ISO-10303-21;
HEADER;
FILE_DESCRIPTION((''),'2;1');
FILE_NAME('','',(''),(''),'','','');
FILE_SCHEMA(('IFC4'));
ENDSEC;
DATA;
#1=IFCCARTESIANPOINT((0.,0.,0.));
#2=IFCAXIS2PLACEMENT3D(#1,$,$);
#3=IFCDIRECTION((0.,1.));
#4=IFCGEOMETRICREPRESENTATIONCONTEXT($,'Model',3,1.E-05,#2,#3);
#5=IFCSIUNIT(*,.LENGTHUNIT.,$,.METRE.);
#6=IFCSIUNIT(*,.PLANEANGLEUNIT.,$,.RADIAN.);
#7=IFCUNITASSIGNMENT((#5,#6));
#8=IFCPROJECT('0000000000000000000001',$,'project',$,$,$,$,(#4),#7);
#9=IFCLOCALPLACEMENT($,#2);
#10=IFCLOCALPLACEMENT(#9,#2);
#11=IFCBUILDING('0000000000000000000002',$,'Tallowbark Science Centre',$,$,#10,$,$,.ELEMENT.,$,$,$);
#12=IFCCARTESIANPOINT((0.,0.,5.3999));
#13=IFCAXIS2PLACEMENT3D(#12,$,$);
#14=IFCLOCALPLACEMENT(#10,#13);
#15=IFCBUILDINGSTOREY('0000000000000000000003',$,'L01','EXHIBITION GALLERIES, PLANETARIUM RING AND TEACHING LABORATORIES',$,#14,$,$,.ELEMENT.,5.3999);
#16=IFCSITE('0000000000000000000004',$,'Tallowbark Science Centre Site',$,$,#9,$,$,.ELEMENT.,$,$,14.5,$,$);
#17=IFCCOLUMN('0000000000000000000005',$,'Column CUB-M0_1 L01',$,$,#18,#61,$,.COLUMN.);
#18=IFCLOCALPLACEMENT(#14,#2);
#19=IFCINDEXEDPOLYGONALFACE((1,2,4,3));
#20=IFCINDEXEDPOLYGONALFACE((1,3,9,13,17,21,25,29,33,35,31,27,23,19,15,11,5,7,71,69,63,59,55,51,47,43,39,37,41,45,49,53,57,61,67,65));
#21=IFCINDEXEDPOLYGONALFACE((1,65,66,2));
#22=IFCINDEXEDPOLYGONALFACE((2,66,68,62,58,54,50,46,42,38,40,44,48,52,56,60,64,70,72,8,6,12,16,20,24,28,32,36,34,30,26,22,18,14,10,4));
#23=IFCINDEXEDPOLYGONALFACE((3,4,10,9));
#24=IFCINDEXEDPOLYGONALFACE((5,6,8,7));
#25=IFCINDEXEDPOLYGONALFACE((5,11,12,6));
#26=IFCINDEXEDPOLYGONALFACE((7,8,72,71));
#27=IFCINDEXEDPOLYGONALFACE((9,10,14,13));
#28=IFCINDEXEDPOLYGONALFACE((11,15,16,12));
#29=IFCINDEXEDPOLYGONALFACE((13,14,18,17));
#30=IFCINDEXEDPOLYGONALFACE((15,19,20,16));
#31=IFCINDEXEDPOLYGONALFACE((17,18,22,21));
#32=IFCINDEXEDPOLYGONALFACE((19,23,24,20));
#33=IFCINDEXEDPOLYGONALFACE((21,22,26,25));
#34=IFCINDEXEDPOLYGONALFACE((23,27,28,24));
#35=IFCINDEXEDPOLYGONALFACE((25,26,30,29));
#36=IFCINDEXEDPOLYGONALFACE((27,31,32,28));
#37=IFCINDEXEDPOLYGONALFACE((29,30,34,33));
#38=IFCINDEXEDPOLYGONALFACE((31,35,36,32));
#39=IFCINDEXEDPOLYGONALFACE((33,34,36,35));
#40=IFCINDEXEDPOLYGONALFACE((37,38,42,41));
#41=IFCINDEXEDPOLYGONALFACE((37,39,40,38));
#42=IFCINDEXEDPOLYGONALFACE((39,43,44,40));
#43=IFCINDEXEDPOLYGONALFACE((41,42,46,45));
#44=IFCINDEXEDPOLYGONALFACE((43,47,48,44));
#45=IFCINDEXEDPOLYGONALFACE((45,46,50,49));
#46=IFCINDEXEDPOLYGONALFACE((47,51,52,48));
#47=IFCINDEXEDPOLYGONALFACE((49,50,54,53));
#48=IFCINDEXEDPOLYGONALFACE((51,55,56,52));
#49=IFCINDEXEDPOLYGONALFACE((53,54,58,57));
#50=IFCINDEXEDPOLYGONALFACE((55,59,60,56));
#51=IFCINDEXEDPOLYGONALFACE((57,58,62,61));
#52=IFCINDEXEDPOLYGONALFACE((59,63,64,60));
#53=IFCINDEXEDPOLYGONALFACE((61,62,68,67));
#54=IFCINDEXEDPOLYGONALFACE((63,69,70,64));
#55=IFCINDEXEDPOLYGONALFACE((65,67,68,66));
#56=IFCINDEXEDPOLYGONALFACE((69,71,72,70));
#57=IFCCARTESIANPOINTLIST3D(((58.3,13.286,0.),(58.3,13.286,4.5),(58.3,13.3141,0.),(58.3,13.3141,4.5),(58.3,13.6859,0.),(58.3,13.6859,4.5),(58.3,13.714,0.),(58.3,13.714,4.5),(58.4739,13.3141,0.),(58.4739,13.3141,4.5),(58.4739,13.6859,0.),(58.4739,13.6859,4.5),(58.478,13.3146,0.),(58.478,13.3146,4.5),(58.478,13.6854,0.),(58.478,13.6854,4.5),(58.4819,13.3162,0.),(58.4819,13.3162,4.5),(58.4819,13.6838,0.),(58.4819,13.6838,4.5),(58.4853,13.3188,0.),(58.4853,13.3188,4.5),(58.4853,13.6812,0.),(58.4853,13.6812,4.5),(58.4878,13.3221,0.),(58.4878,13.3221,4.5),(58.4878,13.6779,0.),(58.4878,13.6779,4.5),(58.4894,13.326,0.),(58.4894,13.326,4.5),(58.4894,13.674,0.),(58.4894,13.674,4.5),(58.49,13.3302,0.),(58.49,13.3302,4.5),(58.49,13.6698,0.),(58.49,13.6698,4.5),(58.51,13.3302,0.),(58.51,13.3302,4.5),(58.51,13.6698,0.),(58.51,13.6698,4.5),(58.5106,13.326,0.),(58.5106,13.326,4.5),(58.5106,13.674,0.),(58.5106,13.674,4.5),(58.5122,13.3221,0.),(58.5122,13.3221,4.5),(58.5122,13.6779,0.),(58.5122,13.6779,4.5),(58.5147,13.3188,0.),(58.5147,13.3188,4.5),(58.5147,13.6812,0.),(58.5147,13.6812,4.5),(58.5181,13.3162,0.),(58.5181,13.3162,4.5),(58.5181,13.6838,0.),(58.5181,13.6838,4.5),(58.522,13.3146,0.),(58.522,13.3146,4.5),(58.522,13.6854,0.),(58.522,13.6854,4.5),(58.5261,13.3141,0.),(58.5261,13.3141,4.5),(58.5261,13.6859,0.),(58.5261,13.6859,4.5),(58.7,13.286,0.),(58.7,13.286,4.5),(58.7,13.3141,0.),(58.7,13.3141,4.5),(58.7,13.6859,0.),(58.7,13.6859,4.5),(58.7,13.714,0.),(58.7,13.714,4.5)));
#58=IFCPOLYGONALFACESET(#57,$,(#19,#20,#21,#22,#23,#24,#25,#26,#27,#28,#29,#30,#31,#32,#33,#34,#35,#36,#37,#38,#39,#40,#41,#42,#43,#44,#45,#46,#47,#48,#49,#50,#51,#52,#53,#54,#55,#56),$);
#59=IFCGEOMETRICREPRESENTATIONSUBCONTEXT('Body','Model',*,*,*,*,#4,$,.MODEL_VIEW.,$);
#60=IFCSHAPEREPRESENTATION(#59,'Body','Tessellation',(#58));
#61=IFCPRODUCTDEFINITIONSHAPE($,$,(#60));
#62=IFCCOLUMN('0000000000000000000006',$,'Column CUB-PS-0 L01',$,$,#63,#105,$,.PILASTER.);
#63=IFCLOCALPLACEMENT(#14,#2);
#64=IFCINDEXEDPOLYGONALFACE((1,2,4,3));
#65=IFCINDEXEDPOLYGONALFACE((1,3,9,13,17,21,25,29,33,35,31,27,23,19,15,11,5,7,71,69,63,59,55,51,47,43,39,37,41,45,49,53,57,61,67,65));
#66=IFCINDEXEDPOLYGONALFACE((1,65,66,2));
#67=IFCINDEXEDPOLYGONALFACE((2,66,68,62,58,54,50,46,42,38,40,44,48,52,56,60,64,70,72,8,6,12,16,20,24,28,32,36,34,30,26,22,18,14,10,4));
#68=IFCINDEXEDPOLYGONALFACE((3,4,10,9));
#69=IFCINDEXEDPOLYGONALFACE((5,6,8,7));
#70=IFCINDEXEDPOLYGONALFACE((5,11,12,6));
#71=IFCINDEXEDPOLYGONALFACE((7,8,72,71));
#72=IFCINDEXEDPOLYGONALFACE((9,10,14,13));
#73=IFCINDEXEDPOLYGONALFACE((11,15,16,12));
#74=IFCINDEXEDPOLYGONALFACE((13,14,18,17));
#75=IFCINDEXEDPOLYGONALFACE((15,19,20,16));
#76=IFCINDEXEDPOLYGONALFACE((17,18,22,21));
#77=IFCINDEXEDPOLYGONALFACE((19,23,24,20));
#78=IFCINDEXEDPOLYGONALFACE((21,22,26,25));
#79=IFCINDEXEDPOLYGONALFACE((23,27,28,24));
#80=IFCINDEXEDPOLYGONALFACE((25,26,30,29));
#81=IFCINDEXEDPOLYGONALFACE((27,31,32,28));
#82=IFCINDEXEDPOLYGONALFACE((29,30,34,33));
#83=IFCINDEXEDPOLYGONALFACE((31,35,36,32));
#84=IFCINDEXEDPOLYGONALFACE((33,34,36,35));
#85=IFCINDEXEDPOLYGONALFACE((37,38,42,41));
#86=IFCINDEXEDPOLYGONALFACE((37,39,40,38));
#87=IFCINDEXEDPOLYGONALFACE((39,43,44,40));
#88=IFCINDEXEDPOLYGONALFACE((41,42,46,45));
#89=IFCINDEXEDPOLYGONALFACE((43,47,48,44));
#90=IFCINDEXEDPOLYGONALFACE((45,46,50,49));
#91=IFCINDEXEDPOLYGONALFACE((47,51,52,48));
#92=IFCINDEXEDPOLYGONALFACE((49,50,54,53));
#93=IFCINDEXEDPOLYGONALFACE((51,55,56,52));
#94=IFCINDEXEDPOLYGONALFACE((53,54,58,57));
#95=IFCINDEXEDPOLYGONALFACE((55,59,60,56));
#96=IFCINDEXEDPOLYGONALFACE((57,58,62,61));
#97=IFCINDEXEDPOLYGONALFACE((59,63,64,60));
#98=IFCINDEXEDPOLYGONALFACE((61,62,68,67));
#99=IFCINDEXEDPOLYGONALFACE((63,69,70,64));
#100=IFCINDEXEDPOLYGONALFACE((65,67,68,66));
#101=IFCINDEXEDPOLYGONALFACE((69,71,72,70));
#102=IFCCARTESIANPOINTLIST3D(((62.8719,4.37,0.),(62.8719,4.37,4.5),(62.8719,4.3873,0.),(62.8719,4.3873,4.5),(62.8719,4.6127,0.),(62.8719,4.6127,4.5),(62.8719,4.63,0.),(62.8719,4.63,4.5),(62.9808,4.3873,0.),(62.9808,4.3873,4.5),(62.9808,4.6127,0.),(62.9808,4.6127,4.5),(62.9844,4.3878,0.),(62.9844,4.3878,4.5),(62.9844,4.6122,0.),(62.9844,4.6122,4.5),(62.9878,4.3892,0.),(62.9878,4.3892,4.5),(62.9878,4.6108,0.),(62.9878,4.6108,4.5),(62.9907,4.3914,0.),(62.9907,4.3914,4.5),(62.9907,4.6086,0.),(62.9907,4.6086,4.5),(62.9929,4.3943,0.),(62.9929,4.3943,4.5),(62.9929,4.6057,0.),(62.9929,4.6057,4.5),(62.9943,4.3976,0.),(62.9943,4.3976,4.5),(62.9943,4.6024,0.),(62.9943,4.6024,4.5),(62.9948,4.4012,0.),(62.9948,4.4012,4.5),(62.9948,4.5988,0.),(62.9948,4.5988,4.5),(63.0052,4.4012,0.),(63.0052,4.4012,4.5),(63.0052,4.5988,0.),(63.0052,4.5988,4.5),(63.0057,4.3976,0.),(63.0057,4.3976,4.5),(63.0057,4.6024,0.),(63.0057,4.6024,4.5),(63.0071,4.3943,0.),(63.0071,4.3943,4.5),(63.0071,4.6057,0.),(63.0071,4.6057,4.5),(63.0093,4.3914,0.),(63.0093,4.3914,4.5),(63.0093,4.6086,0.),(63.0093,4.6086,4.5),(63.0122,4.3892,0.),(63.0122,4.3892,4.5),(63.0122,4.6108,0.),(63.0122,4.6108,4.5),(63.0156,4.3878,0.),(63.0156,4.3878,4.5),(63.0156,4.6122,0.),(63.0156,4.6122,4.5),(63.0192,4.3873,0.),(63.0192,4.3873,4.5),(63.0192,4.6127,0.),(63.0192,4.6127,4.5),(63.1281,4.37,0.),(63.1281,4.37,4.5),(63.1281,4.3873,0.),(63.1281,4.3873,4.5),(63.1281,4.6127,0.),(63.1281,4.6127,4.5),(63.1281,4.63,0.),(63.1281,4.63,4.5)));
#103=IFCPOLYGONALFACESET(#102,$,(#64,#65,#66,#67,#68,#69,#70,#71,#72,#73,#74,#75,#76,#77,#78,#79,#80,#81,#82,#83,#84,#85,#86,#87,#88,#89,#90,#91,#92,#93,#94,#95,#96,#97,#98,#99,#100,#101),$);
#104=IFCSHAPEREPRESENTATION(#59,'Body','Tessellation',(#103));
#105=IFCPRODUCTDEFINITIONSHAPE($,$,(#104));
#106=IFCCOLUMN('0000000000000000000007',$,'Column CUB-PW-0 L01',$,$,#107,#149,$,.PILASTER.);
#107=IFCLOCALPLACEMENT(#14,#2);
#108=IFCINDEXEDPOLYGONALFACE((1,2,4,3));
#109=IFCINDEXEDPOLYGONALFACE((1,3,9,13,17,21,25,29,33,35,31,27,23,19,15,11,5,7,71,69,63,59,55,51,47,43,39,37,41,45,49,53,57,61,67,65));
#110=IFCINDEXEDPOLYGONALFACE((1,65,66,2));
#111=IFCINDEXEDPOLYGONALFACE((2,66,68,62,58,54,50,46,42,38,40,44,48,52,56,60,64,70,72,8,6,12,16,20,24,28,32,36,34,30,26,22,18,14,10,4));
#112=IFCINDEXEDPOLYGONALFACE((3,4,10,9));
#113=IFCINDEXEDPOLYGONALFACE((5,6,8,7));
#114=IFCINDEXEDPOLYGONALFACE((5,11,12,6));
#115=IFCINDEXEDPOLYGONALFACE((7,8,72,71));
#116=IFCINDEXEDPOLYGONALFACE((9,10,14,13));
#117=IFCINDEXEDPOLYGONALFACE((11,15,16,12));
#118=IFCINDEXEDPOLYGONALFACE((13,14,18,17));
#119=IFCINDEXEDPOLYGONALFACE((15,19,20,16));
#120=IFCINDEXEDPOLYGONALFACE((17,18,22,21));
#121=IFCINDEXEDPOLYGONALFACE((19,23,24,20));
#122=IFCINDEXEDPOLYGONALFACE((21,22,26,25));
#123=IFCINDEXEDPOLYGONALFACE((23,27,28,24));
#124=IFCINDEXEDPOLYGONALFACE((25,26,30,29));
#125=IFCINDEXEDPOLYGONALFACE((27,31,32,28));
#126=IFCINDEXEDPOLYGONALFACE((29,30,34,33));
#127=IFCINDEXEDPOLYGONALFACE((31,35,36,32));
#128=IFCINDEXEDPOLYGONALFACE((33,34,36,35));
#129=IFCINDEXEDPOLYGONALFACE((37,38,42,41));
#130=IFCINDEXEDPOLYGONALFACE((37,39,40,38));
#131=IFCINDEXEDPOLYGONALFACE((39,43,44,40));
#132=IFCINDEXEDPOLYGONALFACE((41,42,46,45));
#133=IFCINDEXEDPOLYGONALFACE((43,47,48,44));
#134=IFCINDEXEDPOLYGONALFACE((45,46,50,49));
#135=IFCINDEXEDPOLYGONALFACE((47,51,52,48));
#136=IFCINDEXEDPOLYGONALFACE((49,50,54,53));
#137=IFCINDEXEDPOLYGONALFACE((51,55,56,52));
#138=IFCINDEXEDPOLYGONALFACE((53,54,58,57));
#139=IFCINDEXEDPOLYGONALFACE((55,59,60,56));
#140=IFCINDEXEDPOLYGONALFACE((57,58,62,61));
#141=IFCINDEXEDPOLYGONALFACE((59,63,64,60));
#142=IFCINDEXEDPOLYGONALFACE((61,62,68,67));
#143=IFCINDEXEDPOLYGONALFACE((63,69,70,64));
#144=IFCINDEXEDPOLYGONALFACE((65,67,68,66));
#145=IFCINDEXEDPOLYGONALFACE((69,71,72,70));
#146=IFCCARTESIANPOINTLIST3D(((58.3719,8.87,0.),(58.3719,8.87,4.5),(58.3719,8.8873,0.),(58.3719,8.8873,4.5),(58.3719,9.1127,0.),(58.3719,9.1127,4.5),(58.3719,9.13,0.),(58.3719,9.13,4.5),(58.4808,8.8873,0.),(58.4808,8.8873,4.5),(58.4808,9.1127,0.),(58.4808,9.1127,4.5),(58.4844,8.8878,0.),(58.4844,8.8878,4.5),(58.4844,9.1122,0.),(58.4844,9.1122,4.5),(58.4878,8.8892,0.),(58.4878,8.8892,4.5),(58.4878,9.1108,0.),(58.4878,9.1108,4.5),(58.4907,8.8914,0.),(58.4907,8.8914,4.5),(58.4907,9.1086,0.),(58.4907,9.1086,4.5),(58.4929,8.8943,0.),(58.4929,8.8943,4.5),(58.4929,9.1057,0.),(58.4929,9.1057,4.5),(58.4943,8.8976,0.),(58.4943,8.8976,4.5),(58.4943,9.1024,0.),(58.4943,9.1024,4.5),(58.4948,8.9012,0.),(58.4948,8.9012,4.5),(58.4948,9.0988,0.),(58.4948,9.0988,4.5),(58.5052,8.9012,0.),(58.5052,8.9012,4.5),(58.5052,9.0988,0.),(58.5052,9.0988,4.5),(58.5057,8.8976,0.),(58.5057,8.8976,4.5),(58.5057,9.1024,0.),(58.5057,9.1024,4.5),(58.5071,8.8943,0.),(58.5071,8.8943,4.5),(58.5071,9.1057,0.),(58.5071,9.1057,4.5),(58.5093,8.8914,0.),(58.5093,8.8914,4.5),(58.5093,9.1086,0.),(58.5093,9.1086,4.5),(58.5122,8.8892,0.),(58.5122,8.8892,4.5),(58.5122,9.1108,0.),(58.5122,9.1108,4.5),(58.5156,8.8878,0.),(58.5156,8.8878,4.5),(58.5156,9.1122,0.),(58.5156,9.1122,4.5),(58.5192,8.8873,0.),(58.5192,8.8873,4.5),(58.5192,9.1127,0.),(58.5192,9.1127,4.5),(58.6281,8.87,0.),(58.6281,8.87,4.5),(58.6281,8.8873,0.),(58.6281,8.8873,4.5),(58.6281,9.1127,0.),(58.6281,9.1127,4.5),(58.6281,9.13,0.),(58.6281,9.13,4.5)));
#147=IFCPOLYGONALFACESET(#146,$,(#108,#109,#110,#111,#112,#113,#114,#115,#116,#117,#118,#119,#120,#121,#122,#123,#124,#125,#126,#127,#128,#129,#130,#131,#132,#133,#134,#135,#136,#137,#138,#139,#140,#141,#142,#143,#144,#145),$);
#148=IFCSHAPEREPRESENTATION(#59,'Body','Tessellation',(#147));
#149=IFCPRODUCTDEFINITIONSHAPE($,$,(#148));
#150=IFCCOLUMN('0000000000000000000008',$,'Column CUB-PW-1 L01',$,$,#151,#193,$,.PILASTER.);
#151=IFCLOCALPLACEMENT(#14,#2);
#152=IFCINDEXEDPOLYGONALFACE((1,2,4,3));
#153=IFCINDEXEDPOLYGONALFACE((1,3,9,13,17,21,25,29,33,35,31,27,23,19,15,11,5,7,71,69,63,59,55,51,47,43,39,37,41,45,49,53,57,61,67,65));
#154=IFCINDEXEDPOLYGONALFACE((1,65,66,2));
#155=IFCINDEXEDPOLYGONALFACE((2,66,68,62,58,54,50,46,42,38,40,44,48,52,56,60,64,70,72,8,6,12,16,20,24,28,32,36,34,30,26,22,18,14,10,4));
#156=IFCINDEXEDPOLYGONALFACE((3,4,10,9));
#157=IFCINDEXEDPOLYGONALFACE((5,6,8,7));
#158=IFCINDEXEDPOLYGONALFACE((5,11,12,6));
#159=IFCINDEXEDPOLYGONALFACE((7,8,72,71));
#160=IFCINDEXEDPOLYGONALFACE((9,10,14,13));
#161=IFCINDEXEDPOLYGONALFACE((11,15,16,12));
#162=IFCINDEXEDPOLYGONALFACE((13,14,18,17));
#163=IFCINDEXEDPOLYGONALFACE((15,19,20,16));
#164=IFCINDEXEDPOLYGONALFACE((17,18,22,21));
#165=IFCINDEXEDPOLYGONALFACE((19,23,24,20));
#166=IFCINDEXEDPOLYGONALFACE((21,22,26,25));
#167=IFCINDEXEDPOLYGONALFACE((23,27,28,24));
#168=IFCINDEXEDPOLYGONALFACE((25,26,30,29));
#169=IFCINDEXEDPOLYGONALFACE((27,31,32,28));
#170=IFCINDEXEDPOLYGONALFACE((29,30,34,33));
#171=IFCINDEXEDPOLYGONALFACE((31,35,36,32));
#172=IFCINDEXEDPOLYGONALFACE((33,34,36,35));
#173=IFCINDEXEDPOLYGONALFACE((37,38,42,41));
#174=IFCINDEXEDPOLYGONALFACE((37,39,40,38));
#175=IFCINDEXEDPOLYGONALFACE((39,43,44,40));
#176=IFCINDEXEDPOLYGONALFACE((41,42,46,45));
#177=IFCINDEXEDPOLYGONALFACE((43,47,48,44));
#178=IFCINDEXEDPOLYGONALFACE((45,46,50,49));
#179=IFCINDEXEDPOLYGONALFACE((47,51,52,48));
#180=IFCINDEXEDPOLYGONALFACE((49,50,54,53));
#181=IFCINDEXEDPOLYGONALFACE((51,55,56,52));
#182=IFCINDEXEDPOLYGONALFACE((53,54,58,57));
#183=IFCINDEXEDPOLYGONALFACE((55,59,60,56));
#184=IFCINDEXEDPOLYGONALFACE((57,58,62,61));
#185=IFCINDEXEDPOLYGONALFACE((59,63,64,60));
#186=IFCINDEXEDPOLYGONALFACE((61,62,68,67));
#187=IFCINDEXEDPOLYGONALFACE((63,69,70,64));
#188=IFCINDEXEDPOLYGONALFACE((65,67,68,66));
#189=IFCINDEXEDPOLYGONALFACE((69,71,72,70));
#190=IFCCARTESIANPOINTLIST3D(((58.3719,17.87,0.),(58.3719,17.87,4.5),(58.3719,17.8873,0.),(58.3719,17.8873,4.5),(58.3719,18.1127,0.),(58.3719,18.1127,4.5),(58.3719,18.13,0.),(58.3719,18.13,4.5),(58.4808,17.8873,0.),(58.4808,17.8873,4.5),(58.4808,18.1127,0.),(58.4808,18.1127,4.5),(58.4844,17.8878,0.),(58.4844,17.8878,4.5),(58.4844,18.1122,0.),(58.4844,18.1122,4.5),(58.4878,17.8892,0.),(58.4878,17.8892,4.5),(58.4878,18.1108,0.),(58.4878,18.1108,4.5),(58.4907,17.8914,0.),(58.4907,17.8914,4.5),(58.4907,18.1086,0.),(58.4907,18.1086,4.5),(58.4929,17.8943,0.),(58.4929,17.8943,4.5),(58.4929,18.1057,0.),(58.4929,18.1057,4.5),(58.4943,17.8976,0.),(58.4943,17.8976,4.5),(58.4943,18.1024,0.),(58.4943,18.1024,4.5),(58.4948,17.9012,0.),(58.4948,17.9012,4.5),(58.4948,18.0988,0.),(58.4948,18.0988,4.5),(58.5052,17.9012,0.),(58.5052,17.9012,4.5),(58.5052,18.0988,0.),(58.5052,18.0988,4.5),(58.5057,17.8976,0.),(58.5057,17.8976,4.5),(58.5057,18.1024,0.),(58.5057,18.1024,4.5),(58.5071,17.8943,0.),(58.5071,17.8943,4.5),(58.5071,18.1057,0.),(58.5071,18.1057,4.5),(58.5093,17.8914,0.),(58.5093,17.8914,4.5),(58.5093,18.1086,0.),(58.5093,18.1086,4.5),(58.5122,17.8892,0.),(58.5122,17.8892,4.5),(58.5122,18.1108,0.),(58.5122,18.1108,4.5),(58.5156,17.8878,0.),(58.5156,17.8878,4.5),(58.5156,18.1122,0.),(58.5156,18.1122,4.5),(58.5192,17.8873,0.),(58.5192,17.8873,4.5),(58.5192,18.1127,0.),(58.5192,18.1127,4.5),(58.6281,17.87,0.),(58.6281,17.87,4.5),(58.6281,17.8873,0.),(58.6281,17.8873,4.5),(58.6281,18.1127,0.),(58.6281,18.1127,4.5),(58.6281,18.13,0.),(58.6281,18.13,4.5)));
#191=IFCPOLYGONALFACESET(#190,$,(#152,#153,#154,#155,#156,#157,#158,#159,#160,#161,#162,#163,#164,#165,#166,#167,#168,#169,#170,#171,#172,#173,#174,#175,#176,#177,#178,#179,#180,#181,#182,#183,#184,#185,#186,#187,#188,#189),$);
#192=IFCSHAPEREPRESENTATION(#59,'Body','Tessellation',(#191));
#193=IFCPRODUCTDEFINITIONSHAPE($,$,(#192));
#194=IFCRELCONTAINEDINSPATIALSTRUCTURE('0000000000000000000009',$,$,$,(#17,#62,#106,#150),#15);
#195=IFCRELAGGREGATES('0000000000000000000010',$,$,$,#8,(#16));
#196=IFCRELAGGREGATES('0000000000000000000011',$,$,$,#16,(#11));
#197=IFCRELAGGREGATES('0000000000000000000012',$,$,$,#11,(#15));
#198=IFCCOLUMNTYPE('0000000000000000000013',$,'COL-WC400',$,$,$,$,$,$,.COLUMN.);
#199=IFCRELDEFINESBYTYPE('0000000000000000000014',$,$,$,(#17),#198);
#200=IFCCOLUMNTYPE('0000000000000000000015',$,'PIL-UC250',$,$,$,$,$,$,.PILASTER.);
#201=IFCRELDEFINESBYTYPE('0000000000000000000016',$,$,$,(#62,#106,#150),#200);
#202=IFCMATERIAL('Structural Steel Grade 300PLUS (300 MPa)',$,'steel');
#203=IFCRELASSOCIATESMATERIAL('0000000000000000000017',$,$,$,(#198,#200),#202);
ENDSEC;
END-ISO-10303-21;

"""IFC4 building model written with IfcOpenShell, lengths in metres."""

from ifc_helpers import new_model, si_unit, direction, frame, origin, origin_2d, place, context, subcontext, project, spatial, i_section, extrude, material, material_profile, profile_set, type_object, element, save


model = new_model("IFC4")

# Units and contexts
model_context = context("Model", 3, precision=1e-05, world=origin(), true_north=direction((0.0, 1.0)))
body_context = subcontext(model_context, "Body", "Model", "MODEL_VIEW")
ifc_project = project(units=[si_unit("LENGTHUNIT", "METRE"), si_unit("PLANEANGLEUNIT", "RADIAN")], contexts=[model_context])

# Site, building, storey
site_placement = place(None, origin())
site = spatial("IfcSite", under=ifc_project, at=site_placement, Name="Tallowbark Science Centre Site", CompositionType="ELEMENT", RefElevation=14.5)
building_placement = place(site_placement, origin())
building = spatial("IfcBuilding", under=site, at=building_placement, Name="Tallowbark Science Centre", CompositionType="ELEMENT")
storey_placement = place(building_placement, frame((0.0, 0.0, 5.3999)))
storey = spatial("IfcBuildingStorey", under=building, at=storey_placement, Name="L01", Description="EXHIBITION GALLERIES, PLANETARIUM RING AND TEACHING LABORATORIES", CompositionType="ELEMENT", Elevation=5.3999)

# Columns
ifc_material_1 = material(Name="Structural Steel Grade 300PLUS (300 MPa)", Category="steel")
ifc_material_profile_1 = material_profile(ifc_material_1, i_section(OverallWidth=0.3999, OverallDepth=0.428, WebThickness=0.02, FlangeThickness=0.0281, FilletRadius=0.0161, at=origin_2d()), Name="400WC270")
ifc_profile_set_1 = profile_set([ifc_material_profile_1], Name="Structural Steel Grade 300PLUS (300 MPa)")
column_type_1 = type_object("IfcColumnType", Name="COL-WC400", PredefinedType="COLUMN", material=ifc_profile_set_1)
column_placement = place(storey_placement, frame((58.5, 13.5, 0.0), z_axis=(0.0, 0.0, 1.0), x_axis=(1.0, 0.0, 0.0)))
element("IfcColumn", 1, at=column_placement, inside=storey, type_object=column_type_1, Name="Column CUB-M0_1 L01", PredefinedType="COLUMN", context=body_context, shape_type="SweptSolid", body=[
    extrude(i_section(OverallWidth=0.3999, OverallDepth=0.428, WebThickness=0.02, FlangeThickness=0.0281, FilletRadius=0.0161, at=origin_2d()), origin(), (0.0, 0.0, 1.0), 4.5),
])
ifc_material_profile_2 = material_profile(ifc_material_1, i_section(OverallWidth=0.2561, OverallDepth=0.26, WebThickness=0.0105, FlangeThickness=0.0173, FilletRadius=0.0139, at=origin_2d()), Name="250UC89.5")
ifc_profile_set_2 = profile_set([ifc_material_profile_2], Name="Structural Steel Grade 300PLUS (300 MPa)")
column_type_2 = type_object("IfcColumnType", Name="PIL-UC250", PredefinedType="PILASTER", material=ifc_profile_set_2)
for number, where, z_axis, x_axis, name in (
    (2, (63.0, 4.5, 0.0), (0.0, 0.0, 1.0), (1.0, 0.0, 0.0), "Column CUB-PS-0 L01"),
    (3, (58.5, 9.0, 0.0), (0.0, 0.0, 1.0), (1.0, 0.0, 0.0), "Column CUB-PW-0 L01"),
    (4, (58.5, 18.0, 0.0), (0.0, 0.0, 1.0), (1.0, 0.0, 0.0), "Column CUB-PW-1 L01"),
):
    element("IfcColumn", number, at=place(storey_placement, frame(where, z_axis=z_axis, x_axis=x_axis)), inside=storey, type_object=column_type_2, Name=name, PredefinedType="PILASTER", context=body_context, shape_type="SweptSolid", body=[
        extrude(i_section(OverallWidth=0.2561, OverallDepth=0.26, WebThickness=0.0105, FlangeThickness=0.0173, FilletRadius=0.0139, at=origin_2d()), origin(), (0.0, 0.0, 1.0), 4.5),
    ])

save(model, "model.ifc")
